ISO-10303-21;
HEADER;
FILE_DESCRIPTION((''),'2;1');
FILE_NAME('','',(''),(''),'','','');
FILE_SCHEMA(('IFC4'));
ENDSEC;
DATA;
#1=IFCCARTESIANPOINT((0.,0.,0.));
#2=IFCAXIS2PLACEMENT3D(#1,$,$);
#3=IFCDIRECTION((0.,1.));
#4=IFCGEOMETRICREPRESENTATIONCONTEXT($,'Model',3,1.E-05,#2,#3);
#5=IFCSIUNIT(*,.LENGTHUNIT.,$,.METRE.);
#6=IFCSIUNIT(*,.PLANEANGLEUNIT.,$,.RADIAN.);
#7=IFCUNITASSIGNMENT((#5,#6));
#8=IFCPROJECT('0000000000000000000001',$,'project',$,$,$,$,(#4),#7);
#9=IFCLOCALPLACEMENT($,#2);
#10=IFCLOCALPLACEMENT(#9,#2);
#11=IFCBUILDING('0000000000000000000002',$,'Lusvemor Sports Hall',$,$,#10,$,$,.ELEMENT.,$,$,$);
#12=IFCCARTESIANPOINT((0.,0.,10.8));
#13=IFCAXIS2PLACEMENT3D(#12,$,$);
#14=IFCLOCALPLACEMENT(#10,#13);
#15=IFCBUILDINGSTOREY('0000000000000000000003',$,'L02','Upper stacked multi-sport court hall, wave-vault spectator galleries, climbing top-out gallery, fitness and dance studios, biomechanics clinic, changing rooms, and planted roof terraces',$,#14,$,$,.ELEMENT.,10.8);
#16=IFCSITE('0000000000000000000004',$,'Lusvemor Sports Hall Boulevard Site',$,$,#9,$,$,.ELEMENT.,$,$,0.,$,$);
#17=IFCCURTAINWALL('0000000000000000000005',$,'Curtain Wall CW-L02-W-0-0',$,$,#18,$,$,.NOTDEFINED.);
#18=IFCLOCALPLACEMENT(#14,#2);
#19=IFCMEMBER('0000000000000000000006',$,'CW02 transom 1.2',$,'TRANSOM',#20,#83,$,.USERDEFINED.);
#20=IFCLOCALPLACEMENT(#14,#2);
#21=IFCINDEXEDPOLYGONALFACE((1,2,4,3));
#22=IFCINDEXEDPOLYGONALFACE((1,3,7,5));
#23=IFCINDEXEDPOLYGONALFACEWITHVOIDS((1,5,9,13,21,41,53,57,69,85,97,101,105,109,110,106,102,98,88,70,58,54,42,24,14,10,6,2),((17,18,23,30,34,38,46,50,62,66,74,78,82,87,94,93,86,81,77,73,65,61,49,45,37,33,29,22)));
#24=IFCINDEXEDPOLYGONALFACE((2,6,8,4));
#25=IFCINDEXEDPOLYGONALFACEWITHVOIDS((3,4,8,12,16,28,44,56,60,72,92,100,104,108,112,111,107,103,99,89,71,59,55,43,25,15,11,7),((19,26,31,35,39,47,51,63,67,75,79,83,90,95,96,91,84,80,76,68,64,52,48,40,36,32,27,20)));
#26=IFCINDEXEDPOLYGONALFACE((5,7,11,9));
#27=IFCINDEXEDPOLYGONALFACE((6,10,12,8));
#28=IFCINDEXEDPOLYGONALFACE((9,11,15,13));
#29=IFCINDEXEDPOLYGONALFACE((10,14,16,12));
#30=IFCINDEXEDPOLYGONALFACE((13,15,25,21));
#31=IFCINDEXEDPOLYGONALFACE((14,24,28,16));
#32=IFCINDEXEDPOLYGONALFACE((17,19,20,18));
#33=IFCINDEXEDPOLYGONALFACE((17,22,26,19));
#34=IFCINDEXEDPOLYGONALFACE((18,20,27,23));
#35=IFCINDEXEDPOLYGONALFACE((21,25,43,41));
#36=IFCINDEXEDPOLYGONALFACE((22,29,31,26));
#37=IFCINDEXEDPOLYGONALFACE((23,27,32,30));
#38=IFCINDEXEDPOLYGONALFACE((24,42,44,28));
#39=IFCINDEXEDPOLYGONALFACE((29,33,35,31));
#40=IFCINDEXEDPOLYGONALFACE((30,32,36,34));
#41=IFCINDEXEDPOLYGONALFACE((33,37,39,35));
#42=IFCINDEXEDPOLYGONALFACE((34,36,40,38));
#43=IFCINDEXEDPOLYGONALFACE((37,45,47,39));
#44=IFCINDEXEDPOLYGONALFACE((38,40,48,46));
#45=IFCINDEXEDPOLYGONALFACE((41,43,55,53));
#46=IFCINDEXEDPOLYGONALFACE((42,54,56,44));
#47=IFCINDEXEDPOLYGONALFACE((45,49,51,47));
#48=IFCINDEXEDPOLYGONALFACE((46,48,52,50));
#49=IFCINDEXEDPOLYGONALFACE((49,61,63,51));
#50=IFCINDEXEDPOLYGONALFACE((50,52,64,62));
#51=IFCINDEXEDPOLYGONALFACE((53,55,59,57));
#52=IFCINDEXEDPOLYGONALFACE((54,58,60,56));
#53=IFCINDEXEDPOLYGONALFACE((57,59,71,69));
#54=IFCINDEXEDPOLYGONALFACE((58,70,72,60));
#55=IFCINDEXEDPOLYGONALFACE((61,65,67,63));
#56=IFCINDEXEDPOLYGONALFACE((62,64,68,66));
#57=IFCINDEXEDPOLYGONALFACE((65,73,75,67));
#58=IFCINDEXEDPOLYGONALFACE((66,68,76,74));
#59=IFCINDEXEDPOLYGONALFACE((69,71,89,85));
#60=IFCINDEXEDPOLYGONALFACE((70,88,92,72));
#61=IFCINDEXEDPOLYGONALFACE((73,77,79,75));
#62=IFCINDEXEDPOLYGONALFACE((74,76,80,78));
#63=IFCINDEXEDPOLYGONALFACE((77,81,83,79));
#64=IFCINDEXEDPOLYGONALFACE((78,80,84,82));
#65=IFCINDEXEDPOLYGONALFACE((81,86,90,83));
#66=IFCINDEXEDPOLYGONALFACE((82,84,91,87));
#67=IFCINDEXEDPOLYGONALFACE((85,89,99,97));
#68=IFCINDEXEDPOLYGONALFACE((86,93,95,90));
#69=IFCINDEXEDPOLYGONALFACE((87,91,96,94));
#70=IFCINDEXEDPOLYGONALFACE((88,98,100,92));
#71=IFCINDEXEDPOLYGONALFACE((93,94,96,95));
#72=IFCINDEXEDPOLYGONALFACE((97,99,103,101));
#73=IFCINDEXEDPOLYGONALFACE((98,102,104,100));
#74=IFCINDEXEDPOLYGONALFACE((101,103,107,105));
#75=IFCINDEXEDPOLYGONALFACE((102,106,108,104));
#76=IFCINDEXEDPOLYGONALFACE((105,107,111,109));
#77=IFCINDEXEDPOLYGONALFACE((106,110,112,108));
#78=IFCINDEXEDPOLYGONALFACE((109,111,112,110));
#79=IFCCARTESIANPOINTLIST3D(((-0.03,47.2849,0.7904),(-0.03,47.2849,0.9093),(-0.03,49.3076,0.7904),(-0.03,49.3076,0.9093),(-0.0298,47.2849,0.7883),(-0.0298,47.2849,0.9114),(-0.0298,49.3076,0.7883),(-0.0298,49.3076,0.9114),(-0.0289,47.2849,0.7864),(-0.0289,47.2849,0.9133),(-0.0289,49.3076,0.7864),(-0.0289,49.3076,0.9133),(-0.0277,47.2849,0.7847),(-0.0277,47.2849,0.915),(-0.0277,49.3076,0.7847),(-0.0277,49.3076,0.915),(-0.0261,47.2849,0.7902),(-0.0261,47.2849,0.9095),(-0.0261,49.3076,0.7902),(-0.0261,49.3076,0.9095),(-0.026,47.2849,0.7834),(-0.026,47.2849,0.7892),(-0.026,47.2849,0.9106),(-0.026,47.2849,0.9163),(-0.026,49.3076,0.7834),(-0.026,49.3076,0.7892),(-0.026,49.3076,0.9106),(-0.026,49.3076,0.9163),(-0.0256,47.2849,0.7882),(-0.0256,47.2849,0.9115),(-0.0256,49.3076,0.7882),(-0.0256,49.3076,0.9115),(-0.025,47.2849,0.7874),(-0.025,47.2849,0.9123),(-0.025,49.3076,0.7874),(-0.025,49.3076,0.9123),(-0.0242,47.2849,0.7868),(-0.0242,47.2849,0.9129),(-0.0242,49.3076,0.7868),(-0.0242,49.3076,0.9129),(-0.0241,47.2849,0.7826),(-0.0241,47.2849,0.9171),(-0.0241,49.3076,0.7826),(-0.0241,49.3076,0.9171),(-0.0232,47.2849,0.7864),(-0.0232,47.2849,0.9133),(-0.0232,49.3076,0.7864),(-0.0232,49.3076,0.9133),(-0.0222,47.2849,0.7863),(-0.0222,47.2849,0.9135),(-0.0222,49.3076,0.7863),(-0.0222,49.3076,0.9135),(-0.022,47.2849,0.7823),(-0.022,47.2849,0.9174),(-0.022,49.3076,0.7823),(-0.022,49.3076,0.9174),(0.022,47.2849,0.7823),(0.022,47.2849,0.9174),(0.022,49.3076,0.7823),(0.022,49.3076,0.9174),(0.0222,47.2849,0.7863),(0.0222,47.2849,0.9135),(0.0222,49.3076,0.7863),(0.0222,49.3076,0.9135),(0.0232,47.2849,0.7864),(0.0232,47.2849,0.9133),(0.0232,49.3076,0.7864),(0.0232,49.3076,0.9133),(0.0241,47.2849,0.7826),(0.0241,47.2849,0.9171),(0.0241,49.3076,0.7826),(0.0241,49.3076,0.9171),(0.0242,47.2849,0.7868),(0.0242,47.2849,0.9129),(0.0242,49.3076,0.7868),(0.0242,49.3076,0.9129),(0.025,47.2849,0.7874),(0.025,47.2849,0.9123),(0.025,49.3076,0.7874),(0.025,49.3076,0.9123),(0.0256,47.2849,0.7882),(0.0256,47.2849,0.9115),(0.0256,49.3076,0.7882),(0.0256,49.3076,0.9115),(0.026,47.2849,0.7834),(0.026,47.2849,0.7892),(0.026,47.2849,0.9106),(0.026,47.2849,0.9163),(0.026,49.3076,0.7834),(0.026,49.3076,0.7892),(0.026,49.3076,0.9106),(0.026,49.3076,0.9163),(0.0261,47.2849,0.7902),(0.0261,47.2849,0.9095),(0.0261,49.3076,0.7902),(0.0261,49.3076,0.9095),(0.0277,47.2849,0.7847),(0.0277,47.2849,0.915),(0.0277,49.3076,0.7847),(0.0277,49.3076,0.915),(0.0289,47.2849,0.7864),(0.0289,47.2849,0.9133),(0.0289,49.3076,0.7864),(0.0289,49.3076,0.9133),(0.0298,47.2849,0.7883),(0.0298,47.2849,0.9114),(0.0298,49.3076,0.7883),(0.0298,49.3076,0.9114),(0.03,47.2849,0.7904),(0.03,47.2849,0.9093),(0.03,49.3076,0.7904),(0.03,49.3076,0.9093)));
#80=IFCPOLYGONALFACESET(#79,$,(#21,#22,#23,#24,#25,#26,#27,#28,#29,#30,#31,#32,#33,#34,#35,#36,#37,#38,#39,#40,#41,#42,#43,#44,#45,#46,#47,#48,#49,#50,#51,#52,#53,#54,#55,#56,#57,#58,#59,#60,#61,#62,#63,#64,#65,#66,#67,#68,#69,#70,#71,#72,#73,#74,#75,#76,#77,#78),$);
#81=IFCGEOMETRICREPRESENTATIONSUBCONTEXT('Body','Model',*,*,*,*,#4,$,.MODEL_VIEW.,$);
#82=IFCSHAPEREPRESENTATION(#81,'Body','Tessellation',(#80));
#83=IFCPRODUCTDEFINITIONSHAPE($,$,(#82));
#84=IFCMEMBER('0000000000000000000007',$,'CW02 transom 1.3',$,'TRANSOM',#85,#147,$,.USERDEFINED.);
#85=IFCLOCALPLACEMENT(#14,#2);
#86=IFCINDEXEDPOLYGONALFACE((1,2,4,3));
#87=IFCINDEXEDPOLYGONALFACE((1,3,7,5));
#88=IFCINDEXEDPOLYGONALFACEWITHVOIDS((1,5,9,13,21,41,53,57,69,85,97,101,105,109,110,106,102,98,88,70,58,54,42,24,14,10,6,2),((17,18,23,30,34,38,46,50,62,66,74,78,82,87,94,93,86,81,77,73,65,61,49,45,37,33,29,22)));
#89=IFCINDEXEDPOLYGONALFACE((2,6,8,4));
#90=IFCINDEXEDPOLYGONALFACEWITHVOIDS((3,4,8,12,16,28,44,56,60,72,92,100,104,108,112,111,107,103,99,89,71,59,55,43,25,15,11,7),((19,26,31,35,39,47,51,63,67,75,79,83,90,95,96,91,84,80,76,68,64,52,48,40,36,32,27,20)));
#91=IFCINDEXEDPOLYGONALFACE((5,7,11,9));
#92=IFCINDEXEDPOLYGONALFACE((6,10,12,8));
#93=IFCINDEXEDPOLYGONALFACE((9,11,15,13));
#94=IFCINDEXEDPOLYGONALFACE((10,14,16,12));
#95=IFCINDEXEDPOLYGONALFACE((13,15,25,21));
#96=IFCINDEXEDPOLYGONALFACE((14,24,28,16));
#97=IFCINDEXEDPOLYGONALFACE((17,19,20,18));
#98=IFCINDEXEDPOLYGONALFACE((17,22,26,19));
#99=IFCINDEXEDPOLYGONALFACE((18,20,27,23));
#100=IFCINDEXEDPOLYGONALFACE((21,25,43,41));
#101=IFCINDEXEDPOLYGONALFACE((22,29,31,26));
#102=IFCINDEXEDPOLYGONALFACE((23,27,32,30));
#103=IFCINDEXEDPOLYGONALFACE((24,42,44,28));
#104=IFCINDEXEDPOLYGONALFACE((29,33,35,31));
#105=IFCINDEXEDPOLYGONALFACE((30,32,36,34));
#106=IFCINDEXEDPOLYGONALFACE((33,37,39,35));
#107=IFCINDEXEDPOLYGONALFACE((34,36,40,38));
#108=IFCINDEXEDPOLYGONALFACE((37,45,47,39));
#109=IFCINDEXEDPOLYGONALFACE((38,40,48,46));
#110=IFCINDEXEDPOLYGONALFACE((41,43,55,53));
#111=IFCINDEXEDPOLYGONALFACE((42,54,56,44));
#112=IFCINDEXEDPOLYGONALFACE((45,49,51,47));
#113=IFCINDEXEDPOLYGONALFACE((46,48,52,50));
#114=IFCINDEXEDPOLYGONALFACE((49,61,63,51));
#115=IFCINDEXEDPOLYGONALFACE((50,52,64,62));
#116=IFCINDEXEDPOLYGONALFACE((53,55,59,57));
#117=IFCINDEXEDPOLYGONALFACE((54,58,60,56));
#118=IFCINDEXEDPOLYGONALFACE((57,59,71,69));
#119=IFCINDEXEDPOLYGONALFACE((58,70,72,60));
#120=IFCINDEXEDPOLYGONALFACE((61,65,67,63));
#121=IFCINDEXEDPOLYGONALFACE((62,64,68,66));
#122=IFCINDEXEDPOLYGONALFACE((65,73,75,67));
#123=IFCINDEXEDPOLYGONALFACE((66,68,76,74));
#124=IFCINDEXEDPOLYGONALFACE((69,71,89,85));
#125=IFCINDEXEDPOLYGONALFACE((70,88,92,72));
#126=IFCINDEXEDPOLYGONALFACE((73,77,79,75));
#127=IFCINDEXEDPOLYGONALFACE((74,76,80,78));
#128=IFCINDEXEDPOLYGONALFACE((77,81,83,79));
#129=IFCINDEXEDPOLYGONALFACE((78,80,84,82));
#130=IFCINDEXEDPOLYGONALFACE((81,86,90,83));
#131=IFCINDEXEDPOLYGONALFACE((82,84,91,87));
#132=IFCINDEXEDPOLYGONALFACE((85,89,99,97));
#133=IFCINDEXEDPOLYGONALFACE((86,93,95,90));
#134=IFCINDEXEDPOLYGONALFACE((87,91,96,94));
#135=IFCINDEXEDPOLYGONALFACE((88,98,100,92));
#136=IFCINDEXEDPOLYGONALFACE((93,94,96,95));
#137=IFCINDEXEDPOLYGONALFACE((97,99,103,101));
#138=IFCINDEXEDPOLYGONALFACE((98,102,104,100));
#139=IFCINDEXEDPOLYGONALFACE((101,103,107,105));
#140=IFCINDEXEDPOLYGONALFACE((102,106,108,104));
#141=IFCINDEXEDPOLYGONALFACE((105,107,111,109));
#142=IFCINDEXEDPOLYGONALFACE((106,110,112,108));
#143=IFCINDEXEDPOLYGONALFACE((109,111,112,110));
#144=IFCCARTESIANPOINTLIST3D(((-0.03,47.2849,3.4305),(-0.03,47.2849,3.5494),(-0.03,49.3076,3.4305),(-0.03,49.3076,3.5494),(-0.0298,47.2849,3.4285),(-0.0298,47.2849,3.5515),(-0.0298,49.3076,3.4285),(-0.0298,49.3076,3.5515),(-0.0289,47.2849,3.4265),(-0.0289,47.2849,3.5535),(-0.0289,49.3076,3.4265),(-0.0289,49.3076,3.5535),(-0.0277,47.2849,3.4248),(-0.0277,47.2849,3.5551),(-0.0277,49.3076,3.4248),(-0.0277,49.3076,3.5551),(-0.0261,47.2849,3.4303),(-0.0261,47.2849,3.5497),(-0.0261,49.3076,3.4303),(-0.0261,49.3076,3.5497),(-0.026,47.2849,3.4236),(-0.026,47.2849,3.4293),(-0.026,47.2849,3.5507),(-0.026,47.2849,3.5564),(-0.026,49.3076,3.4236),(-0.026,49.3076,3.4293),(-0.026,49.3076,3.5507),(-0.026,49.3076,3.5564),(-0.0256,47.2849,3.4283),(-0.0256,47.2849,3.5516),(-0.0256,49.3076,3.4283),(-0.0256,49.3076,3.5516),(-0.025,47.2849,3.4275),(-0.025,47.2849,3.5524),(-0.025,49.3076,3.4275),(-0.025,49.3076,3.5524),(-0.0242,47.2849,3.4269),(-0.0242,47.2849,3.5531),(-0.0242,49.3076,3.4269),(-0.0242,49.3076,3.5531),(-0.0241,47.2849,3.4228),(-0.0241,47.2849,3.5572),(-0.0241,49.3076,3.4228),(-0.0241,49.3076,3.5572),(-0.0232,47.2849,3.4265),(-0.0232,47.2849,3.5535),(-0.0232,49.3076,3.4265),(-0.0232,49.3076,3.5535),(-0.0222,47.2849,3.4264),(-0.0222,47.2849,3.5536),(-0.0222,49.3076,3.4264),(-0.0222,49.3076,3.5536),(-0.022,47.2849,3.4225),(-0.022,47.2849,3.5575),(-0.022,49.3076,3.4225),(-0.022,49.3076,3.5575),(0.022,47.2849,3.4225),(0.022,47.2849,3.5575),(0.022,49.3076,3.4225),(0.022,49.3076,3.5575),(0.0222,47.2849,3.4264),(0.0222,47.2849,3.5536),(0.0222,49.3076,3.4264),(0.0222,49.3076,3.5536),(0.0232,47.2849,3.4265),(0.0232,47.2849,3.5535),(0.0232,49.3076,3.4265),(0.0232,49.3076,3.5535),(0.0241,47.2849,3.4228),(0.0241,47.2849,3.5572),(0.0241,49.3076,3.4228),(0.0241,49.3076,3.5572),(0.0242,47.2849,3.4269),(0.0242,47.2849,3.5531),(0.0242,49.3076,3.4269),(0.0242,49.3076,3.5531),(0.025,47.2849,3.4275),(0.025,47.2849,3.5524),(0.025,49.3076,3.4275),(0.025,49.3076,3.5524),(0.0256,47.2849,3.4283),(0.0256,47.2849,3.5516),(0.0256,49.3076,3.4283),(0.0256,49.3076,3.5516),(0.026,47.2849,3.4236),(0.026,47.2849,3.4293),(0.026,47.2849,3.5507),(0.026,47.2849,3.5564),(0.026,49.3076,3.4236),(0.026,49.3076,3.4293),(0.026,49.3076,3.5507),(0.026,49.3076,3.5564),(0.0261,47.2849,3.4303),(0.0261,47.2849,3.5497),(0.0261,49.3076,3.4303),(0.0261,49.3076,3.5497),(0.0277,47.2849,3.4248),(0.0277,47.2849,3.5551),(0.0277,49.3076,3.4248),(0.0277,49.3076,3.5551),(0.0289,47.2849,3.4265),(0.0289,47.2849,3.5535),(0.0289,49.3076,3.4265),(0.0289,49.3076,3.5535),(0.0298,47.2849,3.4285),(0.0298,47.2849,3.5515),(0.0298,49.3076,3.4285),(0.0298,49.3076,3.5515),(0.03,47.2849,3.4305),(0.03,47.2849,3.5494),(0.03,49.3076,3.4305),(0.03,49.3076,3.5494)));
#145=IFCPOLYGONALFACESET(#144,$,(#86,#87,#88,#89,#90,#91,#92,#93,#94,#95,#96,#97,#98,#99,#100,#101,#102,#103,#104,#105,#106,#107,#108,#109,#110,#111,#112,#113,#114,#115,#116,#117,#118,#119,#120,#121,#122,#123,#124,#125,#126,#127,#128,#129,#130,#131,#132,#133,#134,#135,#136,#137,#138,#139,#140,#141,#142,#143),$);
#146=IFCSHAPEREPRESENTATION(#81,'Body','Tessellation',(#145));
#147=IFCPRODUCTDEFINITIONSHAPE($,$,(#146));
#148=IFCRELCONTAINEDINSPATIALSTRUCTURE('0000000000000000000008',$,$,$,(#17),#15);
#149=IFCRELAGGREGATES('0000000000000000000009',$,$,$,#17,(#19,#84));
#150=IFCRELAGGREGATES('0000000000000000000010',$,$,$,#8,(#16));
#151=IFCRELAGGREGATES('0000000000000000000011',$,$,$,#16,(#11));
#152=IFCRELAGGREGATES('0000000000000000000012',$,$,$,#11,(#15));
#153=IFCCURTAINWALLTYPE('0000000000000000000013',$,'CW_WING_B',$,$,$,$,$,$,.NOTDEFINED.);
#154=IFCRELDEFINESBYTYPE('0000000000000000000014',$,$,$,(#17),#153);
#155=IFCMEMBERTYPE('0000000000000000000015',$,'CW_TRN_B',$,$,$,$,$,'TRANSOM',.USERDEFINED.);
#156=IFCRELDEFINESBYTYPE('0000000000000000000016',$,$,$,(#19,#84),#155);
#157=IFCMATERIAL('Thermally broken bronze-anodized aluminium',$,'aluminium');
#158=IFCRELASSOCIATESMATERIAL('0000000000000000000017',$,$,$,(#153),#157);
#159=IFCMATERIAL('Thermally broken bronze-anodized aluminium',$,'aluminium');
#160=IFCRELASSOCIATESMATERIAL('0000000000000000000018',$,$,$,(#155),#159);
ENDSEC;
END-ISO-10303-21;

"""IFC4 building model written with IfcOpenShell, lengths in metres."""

from ifc_helpers import new_model, si_unit, direction, frame, origin, origin_2d, place, context, subcontext, project, spatial, hollow_rectangle, extrude, material, material_profile, profile_set, type_object, element, aggregate, save


model = new_model("IFC4")

# Units and contexts
model_context = context("Model", 3, precision=1e-05, world=origin(), true_north=direction((0.0, 1.0)))
body_context = subcontext(model_context, "Body", "Model", "MODEL_VIEW")
ifc_project = project(units=[si_unit("LENGTHUNIT", "METRE"), si_unit("PLANEANGLEUNIT", "RADIAN")], contexts=[model_context])

# Site, building, storey
site_placement = place(None, origin())
site = spatial("IfcSite", under=ifc_project, at=site_placement, Name="Lusvemor Sports Hall Boulevard Site", CompositionType="ELEMENT", RefElevation=0.0)
building_placement = place(site_placement, origin())
building = spatial("IfcBuilding", under=site, at=building_placement, Name="Lusvemor Sports Hall", CompositionType="ELEMENT")
storey_placement = place(building_placement, frame((0.0, 0.0, 10.8)))
storey = spatial("IfcBuildingStorey", under=building, at=storey_placement, Name="L02", Description="Upper stacked multi-sport court hall, wave-vault spectator galleries, climbing top-out gallery, fitness and dance studios, biomechanics clinic, changing rooms, and planted roof terraces", CompositionType="ELEMENT", Elevation=10.8)

# Curtain wall, members
ifc_material_1 = material(Name="Thermally broken bronze-anodized aluminium", Category="aluminium")
curtain_wall_type = type_object("IfcCurtainWallType", Name="CW_WING_B", PredefinedType="NOTDEFINED", material=ifc_material_1)
curtain_wall_placement = place(storey_placement, origin())
curtain_wall = element("IfcCurtainWall", 1, at=curtain_wall_placement, inside=storey, type_object=curtain_wall_type, Name="Curtain Wall CW-L02-W-0-0", PredefinedType="NOTDEFINED")
ifc_material_2 = material(Name="Thermally broken bronze-anodized aluminium", Category="aluminium")
ifc_material_profile_1 = material_profile(ifc_material_2, hollow_rectangle(XDim=0.0601, YDim=0.135, WallThickness=0.0039, InnerFilletRadius=0.0039, OuterFilletRadius=0.0081, at=origin_2d()), Name="CWTRN135x60x4")
ifc_profile_set_1 = profile_set([ifc_material_profile_1], Name="Thermally broken bronze-anodized aluminium")
member_type_1 = type_object("IfcMemberType", Name="CW_TRN_B", ElementType="TRANSOM", PredefinedType="USERDEFINED", material=ifc_profile_set_1)
member_1_placement = place(storey_placement, frame((0.0, 47.2849, 0.8499), z_axis=(0.0, 1.0, 0.0), x_axis=(-1.0, 0.0, 0.0)))
member_1 = element("IfcMember", 2, at=member_1_placement, type_object=member_type_1, Name="CW02 transom 1.2", ObjectType="TRANSOM", PredefinedType="USERDEFINED", context=body_context, shape_type="SweptSolid", body=[
    extrude(hollow_rectangle(XDim=0.0601, YDim=0.135, WallThickness=0.0039, InnerFilletRadius=0.0039, OuterFilletRadius=0.0081, at=origin_2d()), origin(), (0.0, 0.0, 1.0), 2.0227),
])
member_2_placement = place(storey_placement, frame((0.0, 47.2849, 3.49), z_axis=(0.0, 1.0, 0.0), x_axis=(-1.0, 0.0, 0.0)))
member_2 = element("IfcMember", 3, at=member_2_placement, type_object=member_type_1, Name="CW02 transom 1.3", ObjectType="TRANSOM", PredefinedType="USERDEFINED", context=body_context, shape_type="SweptSolid", body=[
    extrude(hollow_rectangle(XDim=0.0601, YDim=0.135, WallThickness=0.0039, InnerFilletRadius=0.0039, OuterFilletRadius=0.0081, at=origin_2d()), origin(), (0.0, 0.0, 1.0), 2.0227),
])

aggregate(curtain_wall, [member_1, member_2])

save(model, "model.ifc")
